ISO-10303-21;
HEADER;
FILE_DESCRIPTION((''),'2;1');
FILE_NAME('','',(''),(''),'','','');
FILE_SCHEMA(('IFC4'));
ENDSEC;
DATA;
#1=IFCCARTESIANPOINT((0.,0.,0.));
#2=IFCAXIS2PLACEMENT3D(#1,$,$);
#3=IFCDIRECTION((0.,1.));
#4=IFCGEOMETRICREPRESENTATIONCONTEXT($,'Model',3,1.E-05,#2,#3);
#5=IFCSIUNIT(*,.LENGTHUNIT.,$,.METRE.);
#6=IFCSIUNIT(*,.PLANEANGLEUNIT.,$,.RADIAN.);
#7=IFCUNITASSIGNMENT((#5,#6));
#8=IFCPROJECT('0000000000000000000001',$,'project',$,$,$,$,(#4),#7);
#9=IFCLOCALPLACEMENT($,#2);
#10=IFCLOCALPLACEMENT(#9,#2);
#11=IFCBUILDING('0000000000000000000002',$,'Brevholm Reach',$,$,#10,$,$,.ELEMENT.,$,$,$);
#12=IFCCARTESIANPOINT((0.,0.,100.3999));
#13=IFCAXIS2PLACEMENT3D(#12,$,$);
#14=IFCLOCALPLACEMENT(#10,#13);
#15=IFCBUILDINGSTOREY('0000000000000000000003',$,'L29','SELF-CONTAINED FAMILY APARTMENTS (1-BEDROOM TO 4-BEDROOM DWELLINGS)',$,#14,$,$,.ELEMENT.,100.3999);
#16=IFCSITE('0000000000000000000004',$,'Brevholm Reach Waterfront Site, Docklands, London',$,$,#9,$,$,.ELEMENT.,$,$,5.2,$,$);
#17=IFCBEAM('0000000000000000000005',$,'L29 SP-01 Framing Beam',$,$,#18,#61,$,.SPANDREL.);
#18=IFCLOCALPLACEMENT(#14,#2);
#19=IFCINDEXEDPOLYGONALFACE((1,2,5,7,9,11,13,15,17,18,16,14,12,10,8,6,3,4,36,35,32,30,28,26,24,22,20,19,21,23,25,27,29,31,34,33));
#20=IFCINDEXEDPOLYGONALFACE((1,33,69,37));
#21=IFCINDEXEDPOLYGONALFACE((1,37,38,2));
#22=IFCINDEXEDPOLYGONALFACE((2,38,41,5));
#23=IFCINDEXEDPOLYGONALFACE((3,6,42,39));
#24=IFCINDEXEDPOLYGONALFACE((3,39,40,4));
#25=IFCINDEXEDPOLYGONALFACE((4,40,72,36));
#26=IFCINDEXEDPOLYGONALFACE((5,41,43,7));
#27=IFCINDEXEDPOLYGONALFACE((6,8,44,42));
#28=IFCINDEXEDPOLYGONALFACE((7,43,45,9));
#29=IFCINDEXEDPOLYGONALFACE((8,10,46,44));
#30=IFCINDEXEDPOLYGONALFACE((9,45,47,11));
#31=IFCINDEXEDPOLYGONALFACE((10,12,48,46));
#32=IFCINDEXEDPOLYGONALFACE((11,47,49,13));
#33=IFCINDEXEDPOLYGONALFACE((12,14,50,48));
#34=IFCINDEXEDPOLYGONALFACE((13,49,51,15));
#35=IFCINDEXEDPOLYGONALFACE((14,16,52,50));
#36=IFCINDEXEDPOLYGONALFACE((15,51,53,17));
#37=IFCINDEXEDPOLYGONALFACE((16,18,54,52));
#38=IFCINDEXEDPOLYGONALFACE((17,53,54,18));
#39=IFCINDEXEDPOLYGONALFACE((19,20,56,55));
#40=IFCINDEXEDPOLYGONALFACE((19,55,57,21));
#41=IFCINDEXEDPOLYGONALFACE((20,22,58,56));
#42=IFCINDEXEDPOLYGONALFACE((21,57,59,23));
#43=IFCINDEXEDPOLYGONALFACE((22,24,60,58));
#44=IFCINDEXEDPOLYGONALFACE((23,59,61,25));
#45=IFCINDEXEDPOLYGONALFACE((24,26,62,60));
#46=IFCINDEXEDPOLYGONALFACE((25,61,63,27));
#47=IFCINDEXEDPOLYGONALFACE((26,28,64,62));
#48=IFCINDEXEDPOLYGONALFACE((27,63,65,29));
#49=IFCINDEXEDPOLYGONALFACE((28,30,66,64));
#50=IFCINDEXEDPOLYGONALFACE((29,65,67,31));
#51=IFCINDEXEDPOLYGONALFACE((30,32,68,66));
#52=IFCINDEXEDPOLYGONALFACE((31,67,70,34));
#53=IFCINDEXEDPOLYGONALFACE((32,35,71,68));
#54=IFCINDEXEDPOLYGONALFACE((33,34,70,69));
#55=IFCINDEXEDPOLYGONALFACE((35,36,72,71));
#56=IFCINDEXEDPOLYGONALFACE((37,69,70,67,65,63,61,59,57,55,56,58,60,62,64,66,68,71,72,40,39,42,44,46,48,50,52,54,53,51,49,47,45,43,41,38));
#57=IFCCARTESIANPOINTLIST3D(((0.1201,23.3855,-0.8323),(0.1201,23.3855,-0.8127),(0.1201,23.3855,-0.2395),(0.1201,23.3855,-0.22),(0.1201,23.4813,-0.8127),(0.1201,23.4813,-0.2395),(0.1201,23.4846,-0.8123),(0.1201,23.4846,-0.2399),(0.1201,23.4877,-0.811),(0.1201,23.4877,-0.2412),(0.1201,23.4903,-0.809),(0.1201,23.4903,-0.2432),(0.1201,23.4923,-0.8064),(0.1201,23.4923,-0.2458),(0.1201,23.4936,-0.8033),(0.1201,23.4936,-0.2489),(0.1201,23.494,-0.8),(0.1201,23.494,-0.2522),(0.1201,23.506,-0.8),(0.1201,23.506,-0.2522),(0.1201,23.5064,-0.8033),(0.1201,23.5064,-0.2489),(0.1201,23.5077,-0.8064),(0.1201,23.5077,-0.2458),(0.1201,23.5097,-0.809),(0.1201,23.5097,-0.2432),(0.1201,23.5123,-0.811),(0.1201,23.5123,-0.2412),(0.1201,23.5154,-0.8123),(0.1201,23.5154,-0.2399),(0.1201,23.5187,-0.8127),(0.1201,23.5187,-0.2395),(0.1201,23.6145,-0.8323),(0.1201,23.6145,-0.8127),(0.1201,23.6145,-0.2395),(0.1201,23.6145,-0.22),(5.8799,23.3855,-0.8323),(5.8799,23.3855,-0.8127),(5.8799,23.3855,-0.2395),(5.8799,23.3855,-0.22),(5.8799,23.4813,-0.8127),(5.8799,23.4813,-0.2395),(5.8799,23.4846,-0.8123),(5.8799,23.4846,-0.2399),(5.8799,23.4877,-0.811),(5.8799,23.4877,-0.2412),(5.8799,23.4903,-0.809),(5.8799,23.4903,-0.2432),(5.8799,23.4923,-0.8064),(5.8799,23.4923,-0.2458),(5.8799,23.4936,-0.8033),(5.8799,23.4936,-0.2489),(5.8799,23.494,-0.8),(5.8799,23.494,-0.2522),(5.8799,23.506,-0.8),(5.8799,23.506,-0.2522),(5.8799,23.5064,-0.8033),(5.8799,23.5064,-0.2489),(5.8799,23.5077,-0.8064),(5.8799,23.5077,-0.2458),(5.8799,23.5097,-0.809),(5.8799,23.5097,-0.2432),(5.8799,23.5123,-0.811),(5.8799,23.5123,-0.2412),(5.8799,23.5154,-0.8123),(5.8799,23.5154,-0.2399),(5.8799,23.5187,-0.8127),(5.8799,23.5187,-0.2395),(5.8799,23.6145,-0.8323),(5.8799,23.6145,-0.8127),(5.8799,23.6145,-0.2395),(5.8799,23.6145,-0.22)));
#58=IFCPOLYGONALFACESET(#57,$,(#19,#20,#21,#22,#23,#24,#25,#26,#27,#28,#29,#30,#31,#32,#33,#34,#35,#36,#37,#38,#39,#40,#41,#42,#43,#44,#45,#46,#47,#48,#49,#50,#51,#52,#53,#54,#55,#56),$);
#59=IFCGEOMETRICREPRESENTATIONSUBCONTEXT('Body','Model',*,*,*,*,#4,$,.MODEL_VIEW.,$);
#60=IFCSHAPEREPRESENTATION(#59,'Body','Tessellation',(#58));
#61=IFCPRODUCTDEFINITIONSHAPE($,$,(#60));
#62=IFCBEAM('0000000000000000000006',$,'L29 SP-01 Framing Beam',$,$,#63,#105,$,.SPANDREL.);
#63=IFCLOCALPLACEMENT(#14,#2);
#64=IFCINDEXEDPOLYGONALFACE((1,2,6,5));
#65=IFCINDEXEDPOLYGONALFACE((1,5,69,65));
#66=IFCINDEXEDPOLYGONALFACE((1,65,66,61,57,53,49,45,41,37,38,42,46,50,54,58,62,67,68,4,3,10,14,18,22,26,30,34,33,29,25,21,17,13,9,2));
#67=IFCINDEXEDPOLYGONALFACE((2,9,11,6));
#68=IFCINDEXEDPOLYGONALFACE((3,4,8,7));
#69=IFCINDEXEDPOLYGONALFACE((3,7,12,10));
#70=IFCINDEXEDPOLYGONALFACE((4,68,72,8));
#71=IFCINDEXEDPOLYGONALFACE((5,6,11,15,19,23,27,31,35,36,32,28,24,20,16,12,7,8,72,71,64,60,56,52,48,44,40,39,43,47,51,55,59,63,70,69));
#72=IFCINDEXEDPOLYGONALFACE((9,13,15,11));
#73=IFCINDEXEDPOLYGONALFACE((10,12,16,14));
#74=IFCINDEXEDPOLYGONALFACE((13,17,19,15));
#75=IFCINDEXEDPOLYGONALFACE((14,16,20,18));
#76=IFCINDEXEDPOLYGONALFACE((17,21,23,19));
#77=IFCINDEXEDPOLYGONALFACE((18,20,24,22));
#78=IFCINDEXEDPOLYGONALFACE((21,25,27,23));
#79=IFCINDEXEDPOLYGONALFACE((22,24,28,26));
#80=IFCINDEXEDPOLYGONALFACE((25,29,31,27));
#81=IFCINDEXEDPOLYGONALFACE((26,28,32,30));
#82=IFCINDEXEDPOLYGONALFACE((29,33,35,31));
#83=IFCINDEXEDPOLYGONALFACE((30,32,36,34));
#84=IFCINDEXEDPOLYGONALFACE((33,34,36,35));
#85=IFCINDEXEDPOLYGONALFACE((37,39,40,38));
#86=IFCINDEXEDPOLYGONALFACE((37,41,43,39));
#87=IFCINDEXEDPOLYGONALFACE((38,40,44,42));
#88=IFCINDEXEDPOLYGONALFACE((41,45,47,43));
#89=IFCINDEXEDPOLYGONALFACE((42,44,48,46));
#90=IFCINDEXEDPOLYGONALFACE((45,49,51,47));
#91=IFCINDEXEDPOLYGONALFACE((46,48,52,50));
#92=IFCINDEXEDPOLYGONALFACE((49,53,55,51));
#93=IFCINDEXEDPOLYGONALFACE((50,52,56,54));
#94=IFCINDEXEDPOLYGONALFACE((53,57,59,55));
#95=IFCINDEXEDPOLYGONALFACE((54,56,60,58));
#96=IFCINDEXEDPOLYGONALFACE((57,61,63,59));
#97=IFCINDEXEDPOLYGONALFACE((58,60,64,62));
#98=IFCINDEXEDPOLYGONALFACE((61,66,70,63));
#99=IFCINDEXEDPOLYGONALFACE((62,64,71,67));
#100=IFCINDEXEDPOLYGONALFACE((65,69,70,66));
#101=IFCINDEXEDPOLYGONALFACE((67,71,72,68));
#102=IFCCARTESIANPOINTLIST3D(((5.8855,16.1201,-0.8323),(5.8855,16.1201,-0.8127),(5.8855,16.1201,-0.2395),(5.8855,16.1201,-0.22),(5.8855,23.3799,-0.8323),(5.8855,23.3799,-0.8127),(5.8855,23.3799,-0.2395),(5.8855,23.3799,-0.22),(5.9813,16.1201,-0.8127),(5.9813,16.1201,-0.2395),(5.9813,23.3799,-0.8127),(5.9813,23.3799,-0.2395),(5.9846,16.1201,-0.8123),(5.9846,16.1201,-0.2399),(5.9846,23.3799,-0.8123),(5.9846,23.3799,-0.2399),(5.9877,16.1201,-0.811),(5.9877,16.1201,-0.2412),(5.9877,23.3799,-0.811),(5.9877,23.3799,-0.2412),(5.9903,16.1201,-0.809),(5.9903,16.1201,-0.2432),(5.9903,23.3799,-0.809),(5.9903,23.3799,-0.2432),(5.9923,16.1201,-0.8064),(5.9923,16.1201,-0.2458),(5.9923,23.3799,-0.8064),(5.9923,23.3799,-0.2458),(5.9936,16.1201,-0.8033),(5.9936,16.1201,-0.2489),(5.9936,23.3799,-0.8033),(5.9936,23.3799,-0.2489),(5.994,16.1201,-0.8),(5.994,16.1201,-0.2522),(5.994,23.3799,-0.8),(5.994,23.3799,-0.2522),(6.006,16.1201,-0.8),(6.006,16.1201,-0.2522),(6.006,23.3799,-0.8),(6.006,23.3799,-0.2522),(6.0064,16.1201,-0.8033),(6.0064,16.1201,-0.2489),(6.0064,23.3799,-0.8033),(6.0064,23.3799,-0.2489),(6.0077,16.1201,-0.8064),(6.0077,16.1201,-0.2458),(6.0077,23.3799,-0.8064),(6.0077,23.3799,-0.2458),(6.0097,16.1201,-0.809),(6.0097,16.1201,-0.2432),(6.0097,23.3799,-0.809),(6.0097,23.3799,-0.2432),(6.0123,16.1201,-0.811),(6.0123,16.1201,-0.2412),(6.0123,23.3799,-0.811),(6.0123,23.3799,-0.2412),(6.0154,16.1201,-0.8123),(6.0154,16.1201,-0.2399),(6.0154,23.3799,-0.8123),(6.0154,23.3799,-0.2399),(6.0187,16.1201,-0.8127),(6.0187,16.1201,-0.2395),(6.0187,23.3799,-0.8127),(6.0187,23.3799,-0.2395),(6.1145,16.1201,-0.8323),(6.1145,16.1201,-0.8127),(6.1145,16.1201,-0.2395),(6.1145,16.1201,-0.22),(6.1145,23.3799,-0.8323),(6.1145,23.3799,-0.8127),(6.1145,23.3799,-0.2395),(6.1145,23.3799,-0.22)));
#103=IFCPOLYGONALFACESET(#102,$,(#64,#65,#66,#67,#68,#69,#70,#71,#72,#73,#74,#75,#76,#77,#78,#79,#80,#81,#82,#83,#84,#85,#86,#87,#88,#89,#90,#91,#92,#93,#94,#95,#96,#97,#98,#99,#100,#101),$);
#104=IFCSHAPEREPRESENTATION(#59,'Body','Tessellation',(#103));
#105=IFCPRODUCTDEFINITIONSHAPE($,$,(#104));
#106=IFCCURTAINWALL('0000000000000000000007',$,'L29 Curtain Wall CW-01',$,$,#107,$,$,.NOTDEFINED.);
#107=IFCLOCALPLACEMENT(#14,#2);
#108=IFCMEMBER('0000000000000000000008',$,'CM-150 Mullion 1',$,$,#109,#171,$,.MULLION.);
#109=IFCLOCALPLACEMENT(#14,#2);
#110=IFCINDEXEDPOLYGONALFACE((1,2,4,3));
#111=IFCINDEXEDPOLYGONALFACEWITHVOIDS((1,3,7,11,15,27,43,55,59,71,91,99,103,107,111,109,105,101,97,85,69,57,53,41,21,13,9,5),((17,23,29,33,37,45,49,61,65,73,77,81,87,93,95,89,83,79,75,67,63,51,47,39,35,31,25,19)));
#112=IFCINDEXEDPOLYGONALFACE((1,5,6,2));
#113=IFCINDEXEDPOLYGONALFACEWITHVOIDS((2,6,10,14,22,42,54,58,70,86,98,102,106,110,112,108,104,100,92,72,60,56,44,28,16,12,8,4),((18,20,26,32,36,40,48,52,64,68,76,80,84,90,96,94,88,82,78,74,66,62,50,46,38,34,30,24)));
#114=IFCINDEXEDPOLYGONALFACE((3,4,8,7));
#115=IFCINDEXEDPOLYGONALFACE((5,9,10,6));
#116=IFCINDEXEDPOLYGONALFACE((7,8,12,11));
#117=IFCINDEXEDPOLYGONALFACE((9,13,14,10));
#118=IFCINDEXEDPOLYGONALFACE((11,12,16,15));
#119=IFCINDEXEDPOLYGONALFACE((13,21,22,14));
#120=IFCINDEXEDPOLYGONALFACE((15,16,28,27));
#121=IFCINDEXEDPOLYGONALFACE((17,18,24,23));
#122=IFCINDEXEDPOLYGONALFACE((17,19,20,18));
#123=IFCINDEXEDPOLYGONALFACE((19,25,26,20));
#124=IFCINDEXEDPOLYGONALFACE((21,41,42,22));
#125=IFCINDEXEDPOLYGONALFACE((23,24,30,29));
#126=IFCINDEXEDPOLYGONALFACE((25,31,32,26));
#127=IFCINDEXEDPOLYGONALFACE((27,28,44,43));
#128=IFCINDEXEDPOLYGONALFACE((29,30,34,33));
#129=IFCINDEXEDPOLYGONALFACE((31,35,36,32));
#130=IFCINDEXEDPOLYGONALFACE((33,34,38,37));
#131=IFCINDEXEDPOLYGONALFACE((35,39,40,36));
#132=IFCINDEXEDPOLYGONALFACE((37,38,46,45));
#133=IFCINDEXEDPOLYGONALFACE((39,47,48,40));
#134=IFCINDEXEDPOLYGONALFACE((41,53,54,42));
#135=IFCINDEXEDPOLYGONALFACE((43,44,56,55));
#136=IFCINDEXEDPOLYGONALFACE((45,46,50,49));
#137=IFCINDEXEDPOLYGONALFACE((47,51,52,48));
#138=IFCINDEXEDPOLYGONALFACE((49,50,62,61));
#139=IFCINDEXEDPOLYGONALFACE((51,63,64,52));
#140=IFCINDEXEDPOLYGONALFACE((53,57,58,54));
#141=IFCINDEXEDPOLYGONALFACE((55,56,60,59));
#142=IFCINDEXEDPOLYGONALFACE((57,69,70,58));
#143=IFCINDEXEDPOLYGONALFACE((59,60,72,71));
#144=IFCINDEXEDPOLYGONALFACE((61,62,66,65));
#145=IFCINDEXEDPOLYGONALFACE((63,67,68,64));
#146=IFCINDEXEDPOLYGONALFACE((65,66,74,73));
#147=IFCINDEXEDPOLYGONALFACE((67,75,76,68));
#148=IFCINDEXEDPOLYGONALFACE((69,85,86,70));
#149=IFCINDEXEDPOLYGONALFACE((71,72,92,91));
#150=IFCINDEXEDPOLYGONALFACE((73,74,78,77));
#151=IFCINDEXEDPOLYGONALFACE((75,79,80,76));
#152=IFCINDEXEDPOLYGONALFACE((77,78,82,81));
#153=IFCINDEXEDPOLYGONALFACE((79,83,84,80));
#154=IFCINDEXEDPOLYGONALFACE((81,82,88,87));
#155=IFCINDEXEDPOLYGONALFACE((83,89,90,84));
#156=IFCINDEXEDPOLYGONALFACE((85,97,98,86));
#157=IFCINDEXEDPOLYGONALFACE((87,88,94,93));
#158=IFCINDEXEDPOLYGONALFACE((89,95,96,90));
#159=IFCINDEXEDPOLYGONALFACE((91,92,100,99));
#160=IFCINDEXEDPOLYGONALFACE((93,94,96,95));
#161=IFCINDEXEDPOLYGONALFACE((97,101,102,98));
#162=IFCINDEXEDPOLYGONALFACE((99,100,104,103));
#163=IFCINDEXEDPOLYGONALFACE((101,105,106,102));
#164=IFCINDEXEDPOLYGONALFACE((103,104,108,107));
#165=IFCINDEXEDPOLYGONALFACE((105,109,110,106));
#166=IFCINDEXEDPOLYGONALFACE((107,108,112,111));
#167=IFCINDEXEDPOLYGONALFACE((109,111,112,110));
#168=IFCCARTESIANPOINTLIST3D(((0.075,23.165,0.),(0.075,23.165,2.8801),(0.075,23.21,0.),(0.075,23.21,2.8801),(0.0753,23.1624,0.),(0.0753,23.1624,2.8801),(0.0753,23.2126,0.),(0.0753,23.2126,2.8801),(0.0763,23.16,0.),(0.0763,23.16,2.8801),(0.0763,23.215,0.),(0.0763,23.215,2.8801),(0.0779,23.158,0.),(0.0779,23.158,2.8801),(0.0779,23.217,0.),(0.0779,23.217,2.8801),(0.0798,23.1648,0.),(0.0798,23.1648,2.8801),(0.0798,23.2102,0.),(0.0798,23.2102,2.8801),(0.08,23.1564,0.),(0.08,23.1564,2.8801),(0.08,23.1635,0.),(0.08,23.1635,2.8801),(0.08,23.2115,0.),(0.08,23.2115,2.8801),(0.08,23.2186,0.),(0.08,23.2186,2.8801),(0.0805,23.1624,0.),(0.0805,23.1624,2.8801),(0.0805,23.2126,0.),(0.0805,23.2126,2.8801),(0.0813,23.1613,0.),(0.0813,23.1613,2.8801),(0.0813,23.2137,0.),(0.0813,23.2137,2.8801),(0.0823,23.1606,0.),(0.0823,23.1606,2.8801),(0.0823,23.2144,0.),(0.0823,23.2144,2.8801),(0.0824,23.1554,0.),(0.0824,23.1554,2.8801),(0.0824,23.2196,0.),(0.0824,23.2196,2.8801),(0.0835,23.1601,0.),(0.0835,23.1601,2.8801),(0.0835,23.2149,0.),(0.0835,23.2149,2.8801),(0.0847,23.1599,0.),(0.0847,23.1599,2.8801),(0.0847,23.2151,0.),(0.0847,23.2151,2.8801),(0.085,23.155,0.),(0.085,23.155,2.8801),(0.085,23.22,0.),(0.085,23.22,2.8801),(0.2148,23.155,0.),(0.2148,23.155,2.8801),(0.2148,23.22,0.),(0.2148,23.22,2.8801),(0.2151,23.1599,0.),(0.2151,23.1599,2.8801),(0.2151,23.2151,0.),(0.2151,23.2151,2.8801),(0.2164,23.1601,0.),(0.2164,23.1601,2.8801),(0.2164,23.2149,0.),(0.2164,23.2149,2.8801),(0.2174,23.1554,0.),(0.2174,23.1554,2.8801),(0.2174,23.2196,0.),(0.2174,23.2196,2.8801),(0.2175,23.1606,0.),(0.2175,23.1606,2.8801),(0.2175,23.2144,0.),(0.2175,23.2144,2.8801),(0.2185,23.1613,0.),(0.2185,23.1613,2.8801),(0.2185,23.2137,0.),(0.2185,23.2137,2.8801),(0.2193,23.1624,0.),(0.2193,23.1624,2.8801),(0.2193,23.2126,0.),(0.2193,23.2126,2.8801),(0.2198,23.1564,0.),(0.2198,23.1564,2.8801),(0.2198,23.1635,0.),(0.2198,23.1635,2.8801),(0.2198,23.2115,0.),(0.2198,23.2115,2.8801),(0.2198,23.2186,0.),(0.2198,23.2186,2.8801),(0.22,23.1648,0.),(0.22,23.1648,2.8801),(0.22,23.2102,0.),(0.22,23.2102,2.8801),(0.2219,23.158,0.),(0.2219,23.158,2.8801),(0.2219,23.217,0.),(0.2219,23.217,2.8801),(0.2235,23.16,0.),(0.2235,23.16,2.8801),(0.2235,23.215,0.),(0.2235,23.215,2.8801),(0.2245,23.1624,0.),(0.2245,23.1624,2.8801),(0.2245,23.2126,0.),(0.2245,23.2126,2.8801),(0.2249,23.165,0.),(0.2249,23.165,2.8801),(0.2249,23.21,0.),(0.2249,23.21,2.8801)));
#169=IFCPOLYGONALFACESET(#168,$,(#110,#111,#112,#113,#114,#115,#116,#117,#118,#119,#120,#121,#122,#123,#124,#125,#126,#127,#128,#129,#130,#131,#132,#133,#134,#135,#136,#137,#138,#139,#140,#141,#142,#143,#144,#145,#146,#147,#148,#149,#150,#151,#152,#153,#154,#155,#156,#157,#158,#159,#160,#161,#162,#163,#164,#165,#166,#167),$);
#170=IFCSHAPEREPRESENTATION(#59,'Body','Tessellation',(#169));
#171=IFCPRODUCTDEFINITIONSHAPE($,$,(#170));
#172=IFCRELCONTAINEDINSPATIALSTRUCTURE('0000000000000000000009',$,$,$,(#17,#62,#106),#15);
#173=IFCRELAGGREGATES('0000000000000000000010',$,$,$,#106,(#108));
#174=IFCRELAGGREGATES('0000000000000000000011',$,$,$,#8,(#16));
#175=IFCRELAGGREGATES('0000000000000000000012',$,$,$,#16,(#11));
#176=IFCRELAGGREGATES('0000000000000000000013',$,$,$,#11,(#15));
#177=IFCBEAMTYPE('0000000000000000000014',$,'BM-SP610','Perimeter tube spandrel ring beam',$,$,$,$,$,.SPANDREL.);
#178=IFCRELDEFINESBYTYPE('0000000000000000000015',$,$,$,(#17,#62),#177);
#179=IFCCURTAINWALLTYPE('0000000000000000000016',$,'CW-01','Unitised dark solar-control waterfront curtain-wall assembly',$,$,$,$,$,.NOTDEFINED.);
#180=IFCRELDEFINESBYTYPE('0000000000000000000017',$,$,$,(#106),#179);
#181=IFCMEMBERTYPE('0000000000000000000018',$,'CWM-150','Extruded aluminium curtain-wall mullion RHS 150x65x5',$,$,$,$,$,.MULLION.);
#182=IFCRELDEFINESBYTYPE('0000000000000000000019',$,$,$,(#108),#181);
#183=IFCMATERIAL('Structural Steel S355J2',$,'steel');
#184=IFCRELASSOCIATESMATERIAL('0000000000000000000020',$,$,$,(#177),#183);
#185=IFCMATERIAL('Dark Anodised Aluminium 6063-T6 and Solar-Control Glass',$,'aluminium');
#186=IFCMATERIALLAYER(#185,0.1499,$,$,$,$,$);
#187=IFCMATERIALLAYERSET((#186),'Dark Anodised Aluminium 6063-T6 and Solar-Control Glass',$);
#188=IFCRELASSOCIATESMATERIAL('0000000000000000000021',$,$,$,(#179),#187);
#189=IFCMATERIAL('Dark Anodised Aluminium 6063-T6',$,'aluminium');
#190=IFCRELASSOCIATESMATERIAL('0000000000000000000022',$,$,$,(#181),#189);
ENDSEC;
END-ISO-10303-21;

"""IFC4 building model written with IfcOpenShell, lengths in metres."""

from ifc_helpers import new_model, si_unit, direction, frame, origin, origin_2d, place, context, subcontext, project, spatial, hollow_rectangle, i_section, extrude, material, layer, layer_set, material_profile, profile_set, type_object, element, aggregate, save


model = new_model("IFC4")

# Units and contexts
model_context = context("Model", 3, precision=1e-05, world=origin(), true_north=direction((0.0, 1.0)))
body_context = subcontext(model_context, "Body", "Model", "MODEL_VIEW")
ifc_project = project(units=[si_unit("LENGTHUNIT", "METRE"), si_unit("PLANEANGLEUNIT", "RADIAN")], contexts=[model_context])

# Site, building, storey
site_placement = place(None, origin())
site = spatial("IfcSite", under=ifc_project, at=site_placement, Name="Brevholm Reach Waterfront Site, Docklands, London", CompositionType="ELEMENT", RefElevation=5.2)
building_placement = place(site_placement, origin())
building = spatial("IfcBuilding", under=site, at=building_placement, Name="Brevholm Reach", CompositionType="ELEMENT")
storey_placement = place(building_placement, frame((0.0, 0.0, 100.3999)))
storey = spatial("IfcBuildingStorey", under=building, at=storey_placement, Name="L29", Description="SELF-CONTAINED FAMILY APARTMENTS (1-BEDROOM TO 4-BEDROOM DWELLINGS)", CompositionType="ELEMENT", Elevation=100.3999)

# Beams
ifc_material_1 = material(Name="Structural Steel S355J2", Category="steel")
ifc_material_profile_1 = material_profile(ifc_material_1, i_section(OverallWidth=0.229, OverallDepth=0.6123, WebThickness=0.012, FlangeThickness=0.0195, FilletRadius=0.0127, at=origin_2d()), Name="UKB 610x229x125")
ifc_profile_set_1 = profile_set([ifc_material_profile_1], Name="Structural Steel S355J2")
beam_type_1 = type_object("IfcBeamType", Name="BM-SP610", Description="Perimeter tube spandrel ring beam", PredefinedType="SPANDREL", material=ifc_profile_set_1)
for number, where, z_axis, x_axis, name in (
    (1, (0.1201, 23.5, -0.5261), (1.0, 0.0, 0.0), (0.0, 1.0, 0.0), "L29 SP-01 Framing Beam"),
):
    element("IfcBeam", number, at=place(storey_placement, frame(where, z_axis=z_axis, x_axis=x_axis)), inside=storey, type_object=beam_type_1, Name=name, PredefinedType="SPANDREL", context=body_context, shape_type="SweptSolid", body=[
        extrude(i_section(OverallWidth=0.229, OverallDepth=0.6123, WebThickness=0.012, FlangeThickness=0.0195, FilletRadius=0.0127, at=origin_2d()), origin(), (0.0, 0.0, 1.0), 5.7598),
    ])
beam_1_placement = place(storey_placement, frame((6.0, 16.1201, -0.5261), z_axis=(0.0, 1.0, 0.0), x_axis=(-1.0, 0.0, 0.0)))
element("IfcBeam", 2, at=beam_1_placement, inside=storey, type_object=beam_type_1, Name="L29 SP-01 Framing Beam", PredefinedType="SPANDREL", context=body_context, shape_type="SweptSolid", body=[
    extrude(i_section(OverallWidth=0.229, OverallDepth=0.6123, WebThickness=0.012, FlangeThickness=0.0195, FilletRadius=0.0127, at=origin_2d()), origin(), (0.0, 0.0, 1.0), 7.2598),
])

# Curtain wall, member
ifc_material_2 = material(Name="Dark Anodised Aluminium 6063-T6 and Solar-Control Glass", Category="aluminium")
ifc_layer_1 = layer(ifc_material_2, 0.1499)
ifc_layer_set_1 = layer_set([ifc_layer_1], Name="Dark Anodised Aluminium 6063-T6 and Solar-Control Glass")
curtain_wall_type = type_object("IfcCurtainWallType", Name="CW-01", Description="Unitised dark solar-control waterfront curtain-wall assembly", PredefinedType="NOTDEFINED", material=ifc_layer_set_1)
curtain_wall_placement = place(storey_placement, origin())
curtain_wall = element("IfcCurtainWall", 3, at=curtain_wall_placement, inside=storey, type_object=curtain_wall_type, Name="L29 Curtain Wall CW-01", PredefinedType="NOTDEFINED")
ifc_material_3 = material(Name="Dark Anodised Aluminium 6063-T6", Category="aluminium")
ifc_material_profile_2 = material_profile(ifc_material_3, hollow_rectangle(XDim=0.0649, YDim=0.1499, WallThickness=0.0049, InnerFilletRadius=0.0049, OuterFilletRadius=0.01, at=origin_2d()), Name="RHS 150x65x5")
ifc_profile_set_2 = profile_set([ifc_material_profile_2], Name="Dark Anodised Aluminium 6063-T6")
member_type_1 = type_object("IfcMemberType", Name="CWM-150", Description="Extruded aluminium curtain-wall mullion RHS 150x65x5", PredefinedType="MULLION", material=ifc_profile_set_2)
member_1_placement = place(storey_placement, frame((0.1499, 23.1875, 0.0), z_axis=(0.0, 0.0, 1.0), x_axis=(0.0, -1.0, 0.0)))
member_1 = element("IfcMember", 4, at=member_1_placement, type_object=member_type_1, Name="CM-150 Mullion 1", PredefinedType="MULLION", context=body_context, shape_type="SweptSolid", body=[
    extrude(hollow_rectangle(XDim=0.0649, YDim=0.1499, WallThickness=0.0049, InnerFilletRadius=0.0049, OuterFilletRadius=0.01, at=origin_2d()), origin(), (0.0, 0.0, 1.0), 2.8801),
])
aggregate(curtain_wall, [member_1])

save(model, "model.ifc")
